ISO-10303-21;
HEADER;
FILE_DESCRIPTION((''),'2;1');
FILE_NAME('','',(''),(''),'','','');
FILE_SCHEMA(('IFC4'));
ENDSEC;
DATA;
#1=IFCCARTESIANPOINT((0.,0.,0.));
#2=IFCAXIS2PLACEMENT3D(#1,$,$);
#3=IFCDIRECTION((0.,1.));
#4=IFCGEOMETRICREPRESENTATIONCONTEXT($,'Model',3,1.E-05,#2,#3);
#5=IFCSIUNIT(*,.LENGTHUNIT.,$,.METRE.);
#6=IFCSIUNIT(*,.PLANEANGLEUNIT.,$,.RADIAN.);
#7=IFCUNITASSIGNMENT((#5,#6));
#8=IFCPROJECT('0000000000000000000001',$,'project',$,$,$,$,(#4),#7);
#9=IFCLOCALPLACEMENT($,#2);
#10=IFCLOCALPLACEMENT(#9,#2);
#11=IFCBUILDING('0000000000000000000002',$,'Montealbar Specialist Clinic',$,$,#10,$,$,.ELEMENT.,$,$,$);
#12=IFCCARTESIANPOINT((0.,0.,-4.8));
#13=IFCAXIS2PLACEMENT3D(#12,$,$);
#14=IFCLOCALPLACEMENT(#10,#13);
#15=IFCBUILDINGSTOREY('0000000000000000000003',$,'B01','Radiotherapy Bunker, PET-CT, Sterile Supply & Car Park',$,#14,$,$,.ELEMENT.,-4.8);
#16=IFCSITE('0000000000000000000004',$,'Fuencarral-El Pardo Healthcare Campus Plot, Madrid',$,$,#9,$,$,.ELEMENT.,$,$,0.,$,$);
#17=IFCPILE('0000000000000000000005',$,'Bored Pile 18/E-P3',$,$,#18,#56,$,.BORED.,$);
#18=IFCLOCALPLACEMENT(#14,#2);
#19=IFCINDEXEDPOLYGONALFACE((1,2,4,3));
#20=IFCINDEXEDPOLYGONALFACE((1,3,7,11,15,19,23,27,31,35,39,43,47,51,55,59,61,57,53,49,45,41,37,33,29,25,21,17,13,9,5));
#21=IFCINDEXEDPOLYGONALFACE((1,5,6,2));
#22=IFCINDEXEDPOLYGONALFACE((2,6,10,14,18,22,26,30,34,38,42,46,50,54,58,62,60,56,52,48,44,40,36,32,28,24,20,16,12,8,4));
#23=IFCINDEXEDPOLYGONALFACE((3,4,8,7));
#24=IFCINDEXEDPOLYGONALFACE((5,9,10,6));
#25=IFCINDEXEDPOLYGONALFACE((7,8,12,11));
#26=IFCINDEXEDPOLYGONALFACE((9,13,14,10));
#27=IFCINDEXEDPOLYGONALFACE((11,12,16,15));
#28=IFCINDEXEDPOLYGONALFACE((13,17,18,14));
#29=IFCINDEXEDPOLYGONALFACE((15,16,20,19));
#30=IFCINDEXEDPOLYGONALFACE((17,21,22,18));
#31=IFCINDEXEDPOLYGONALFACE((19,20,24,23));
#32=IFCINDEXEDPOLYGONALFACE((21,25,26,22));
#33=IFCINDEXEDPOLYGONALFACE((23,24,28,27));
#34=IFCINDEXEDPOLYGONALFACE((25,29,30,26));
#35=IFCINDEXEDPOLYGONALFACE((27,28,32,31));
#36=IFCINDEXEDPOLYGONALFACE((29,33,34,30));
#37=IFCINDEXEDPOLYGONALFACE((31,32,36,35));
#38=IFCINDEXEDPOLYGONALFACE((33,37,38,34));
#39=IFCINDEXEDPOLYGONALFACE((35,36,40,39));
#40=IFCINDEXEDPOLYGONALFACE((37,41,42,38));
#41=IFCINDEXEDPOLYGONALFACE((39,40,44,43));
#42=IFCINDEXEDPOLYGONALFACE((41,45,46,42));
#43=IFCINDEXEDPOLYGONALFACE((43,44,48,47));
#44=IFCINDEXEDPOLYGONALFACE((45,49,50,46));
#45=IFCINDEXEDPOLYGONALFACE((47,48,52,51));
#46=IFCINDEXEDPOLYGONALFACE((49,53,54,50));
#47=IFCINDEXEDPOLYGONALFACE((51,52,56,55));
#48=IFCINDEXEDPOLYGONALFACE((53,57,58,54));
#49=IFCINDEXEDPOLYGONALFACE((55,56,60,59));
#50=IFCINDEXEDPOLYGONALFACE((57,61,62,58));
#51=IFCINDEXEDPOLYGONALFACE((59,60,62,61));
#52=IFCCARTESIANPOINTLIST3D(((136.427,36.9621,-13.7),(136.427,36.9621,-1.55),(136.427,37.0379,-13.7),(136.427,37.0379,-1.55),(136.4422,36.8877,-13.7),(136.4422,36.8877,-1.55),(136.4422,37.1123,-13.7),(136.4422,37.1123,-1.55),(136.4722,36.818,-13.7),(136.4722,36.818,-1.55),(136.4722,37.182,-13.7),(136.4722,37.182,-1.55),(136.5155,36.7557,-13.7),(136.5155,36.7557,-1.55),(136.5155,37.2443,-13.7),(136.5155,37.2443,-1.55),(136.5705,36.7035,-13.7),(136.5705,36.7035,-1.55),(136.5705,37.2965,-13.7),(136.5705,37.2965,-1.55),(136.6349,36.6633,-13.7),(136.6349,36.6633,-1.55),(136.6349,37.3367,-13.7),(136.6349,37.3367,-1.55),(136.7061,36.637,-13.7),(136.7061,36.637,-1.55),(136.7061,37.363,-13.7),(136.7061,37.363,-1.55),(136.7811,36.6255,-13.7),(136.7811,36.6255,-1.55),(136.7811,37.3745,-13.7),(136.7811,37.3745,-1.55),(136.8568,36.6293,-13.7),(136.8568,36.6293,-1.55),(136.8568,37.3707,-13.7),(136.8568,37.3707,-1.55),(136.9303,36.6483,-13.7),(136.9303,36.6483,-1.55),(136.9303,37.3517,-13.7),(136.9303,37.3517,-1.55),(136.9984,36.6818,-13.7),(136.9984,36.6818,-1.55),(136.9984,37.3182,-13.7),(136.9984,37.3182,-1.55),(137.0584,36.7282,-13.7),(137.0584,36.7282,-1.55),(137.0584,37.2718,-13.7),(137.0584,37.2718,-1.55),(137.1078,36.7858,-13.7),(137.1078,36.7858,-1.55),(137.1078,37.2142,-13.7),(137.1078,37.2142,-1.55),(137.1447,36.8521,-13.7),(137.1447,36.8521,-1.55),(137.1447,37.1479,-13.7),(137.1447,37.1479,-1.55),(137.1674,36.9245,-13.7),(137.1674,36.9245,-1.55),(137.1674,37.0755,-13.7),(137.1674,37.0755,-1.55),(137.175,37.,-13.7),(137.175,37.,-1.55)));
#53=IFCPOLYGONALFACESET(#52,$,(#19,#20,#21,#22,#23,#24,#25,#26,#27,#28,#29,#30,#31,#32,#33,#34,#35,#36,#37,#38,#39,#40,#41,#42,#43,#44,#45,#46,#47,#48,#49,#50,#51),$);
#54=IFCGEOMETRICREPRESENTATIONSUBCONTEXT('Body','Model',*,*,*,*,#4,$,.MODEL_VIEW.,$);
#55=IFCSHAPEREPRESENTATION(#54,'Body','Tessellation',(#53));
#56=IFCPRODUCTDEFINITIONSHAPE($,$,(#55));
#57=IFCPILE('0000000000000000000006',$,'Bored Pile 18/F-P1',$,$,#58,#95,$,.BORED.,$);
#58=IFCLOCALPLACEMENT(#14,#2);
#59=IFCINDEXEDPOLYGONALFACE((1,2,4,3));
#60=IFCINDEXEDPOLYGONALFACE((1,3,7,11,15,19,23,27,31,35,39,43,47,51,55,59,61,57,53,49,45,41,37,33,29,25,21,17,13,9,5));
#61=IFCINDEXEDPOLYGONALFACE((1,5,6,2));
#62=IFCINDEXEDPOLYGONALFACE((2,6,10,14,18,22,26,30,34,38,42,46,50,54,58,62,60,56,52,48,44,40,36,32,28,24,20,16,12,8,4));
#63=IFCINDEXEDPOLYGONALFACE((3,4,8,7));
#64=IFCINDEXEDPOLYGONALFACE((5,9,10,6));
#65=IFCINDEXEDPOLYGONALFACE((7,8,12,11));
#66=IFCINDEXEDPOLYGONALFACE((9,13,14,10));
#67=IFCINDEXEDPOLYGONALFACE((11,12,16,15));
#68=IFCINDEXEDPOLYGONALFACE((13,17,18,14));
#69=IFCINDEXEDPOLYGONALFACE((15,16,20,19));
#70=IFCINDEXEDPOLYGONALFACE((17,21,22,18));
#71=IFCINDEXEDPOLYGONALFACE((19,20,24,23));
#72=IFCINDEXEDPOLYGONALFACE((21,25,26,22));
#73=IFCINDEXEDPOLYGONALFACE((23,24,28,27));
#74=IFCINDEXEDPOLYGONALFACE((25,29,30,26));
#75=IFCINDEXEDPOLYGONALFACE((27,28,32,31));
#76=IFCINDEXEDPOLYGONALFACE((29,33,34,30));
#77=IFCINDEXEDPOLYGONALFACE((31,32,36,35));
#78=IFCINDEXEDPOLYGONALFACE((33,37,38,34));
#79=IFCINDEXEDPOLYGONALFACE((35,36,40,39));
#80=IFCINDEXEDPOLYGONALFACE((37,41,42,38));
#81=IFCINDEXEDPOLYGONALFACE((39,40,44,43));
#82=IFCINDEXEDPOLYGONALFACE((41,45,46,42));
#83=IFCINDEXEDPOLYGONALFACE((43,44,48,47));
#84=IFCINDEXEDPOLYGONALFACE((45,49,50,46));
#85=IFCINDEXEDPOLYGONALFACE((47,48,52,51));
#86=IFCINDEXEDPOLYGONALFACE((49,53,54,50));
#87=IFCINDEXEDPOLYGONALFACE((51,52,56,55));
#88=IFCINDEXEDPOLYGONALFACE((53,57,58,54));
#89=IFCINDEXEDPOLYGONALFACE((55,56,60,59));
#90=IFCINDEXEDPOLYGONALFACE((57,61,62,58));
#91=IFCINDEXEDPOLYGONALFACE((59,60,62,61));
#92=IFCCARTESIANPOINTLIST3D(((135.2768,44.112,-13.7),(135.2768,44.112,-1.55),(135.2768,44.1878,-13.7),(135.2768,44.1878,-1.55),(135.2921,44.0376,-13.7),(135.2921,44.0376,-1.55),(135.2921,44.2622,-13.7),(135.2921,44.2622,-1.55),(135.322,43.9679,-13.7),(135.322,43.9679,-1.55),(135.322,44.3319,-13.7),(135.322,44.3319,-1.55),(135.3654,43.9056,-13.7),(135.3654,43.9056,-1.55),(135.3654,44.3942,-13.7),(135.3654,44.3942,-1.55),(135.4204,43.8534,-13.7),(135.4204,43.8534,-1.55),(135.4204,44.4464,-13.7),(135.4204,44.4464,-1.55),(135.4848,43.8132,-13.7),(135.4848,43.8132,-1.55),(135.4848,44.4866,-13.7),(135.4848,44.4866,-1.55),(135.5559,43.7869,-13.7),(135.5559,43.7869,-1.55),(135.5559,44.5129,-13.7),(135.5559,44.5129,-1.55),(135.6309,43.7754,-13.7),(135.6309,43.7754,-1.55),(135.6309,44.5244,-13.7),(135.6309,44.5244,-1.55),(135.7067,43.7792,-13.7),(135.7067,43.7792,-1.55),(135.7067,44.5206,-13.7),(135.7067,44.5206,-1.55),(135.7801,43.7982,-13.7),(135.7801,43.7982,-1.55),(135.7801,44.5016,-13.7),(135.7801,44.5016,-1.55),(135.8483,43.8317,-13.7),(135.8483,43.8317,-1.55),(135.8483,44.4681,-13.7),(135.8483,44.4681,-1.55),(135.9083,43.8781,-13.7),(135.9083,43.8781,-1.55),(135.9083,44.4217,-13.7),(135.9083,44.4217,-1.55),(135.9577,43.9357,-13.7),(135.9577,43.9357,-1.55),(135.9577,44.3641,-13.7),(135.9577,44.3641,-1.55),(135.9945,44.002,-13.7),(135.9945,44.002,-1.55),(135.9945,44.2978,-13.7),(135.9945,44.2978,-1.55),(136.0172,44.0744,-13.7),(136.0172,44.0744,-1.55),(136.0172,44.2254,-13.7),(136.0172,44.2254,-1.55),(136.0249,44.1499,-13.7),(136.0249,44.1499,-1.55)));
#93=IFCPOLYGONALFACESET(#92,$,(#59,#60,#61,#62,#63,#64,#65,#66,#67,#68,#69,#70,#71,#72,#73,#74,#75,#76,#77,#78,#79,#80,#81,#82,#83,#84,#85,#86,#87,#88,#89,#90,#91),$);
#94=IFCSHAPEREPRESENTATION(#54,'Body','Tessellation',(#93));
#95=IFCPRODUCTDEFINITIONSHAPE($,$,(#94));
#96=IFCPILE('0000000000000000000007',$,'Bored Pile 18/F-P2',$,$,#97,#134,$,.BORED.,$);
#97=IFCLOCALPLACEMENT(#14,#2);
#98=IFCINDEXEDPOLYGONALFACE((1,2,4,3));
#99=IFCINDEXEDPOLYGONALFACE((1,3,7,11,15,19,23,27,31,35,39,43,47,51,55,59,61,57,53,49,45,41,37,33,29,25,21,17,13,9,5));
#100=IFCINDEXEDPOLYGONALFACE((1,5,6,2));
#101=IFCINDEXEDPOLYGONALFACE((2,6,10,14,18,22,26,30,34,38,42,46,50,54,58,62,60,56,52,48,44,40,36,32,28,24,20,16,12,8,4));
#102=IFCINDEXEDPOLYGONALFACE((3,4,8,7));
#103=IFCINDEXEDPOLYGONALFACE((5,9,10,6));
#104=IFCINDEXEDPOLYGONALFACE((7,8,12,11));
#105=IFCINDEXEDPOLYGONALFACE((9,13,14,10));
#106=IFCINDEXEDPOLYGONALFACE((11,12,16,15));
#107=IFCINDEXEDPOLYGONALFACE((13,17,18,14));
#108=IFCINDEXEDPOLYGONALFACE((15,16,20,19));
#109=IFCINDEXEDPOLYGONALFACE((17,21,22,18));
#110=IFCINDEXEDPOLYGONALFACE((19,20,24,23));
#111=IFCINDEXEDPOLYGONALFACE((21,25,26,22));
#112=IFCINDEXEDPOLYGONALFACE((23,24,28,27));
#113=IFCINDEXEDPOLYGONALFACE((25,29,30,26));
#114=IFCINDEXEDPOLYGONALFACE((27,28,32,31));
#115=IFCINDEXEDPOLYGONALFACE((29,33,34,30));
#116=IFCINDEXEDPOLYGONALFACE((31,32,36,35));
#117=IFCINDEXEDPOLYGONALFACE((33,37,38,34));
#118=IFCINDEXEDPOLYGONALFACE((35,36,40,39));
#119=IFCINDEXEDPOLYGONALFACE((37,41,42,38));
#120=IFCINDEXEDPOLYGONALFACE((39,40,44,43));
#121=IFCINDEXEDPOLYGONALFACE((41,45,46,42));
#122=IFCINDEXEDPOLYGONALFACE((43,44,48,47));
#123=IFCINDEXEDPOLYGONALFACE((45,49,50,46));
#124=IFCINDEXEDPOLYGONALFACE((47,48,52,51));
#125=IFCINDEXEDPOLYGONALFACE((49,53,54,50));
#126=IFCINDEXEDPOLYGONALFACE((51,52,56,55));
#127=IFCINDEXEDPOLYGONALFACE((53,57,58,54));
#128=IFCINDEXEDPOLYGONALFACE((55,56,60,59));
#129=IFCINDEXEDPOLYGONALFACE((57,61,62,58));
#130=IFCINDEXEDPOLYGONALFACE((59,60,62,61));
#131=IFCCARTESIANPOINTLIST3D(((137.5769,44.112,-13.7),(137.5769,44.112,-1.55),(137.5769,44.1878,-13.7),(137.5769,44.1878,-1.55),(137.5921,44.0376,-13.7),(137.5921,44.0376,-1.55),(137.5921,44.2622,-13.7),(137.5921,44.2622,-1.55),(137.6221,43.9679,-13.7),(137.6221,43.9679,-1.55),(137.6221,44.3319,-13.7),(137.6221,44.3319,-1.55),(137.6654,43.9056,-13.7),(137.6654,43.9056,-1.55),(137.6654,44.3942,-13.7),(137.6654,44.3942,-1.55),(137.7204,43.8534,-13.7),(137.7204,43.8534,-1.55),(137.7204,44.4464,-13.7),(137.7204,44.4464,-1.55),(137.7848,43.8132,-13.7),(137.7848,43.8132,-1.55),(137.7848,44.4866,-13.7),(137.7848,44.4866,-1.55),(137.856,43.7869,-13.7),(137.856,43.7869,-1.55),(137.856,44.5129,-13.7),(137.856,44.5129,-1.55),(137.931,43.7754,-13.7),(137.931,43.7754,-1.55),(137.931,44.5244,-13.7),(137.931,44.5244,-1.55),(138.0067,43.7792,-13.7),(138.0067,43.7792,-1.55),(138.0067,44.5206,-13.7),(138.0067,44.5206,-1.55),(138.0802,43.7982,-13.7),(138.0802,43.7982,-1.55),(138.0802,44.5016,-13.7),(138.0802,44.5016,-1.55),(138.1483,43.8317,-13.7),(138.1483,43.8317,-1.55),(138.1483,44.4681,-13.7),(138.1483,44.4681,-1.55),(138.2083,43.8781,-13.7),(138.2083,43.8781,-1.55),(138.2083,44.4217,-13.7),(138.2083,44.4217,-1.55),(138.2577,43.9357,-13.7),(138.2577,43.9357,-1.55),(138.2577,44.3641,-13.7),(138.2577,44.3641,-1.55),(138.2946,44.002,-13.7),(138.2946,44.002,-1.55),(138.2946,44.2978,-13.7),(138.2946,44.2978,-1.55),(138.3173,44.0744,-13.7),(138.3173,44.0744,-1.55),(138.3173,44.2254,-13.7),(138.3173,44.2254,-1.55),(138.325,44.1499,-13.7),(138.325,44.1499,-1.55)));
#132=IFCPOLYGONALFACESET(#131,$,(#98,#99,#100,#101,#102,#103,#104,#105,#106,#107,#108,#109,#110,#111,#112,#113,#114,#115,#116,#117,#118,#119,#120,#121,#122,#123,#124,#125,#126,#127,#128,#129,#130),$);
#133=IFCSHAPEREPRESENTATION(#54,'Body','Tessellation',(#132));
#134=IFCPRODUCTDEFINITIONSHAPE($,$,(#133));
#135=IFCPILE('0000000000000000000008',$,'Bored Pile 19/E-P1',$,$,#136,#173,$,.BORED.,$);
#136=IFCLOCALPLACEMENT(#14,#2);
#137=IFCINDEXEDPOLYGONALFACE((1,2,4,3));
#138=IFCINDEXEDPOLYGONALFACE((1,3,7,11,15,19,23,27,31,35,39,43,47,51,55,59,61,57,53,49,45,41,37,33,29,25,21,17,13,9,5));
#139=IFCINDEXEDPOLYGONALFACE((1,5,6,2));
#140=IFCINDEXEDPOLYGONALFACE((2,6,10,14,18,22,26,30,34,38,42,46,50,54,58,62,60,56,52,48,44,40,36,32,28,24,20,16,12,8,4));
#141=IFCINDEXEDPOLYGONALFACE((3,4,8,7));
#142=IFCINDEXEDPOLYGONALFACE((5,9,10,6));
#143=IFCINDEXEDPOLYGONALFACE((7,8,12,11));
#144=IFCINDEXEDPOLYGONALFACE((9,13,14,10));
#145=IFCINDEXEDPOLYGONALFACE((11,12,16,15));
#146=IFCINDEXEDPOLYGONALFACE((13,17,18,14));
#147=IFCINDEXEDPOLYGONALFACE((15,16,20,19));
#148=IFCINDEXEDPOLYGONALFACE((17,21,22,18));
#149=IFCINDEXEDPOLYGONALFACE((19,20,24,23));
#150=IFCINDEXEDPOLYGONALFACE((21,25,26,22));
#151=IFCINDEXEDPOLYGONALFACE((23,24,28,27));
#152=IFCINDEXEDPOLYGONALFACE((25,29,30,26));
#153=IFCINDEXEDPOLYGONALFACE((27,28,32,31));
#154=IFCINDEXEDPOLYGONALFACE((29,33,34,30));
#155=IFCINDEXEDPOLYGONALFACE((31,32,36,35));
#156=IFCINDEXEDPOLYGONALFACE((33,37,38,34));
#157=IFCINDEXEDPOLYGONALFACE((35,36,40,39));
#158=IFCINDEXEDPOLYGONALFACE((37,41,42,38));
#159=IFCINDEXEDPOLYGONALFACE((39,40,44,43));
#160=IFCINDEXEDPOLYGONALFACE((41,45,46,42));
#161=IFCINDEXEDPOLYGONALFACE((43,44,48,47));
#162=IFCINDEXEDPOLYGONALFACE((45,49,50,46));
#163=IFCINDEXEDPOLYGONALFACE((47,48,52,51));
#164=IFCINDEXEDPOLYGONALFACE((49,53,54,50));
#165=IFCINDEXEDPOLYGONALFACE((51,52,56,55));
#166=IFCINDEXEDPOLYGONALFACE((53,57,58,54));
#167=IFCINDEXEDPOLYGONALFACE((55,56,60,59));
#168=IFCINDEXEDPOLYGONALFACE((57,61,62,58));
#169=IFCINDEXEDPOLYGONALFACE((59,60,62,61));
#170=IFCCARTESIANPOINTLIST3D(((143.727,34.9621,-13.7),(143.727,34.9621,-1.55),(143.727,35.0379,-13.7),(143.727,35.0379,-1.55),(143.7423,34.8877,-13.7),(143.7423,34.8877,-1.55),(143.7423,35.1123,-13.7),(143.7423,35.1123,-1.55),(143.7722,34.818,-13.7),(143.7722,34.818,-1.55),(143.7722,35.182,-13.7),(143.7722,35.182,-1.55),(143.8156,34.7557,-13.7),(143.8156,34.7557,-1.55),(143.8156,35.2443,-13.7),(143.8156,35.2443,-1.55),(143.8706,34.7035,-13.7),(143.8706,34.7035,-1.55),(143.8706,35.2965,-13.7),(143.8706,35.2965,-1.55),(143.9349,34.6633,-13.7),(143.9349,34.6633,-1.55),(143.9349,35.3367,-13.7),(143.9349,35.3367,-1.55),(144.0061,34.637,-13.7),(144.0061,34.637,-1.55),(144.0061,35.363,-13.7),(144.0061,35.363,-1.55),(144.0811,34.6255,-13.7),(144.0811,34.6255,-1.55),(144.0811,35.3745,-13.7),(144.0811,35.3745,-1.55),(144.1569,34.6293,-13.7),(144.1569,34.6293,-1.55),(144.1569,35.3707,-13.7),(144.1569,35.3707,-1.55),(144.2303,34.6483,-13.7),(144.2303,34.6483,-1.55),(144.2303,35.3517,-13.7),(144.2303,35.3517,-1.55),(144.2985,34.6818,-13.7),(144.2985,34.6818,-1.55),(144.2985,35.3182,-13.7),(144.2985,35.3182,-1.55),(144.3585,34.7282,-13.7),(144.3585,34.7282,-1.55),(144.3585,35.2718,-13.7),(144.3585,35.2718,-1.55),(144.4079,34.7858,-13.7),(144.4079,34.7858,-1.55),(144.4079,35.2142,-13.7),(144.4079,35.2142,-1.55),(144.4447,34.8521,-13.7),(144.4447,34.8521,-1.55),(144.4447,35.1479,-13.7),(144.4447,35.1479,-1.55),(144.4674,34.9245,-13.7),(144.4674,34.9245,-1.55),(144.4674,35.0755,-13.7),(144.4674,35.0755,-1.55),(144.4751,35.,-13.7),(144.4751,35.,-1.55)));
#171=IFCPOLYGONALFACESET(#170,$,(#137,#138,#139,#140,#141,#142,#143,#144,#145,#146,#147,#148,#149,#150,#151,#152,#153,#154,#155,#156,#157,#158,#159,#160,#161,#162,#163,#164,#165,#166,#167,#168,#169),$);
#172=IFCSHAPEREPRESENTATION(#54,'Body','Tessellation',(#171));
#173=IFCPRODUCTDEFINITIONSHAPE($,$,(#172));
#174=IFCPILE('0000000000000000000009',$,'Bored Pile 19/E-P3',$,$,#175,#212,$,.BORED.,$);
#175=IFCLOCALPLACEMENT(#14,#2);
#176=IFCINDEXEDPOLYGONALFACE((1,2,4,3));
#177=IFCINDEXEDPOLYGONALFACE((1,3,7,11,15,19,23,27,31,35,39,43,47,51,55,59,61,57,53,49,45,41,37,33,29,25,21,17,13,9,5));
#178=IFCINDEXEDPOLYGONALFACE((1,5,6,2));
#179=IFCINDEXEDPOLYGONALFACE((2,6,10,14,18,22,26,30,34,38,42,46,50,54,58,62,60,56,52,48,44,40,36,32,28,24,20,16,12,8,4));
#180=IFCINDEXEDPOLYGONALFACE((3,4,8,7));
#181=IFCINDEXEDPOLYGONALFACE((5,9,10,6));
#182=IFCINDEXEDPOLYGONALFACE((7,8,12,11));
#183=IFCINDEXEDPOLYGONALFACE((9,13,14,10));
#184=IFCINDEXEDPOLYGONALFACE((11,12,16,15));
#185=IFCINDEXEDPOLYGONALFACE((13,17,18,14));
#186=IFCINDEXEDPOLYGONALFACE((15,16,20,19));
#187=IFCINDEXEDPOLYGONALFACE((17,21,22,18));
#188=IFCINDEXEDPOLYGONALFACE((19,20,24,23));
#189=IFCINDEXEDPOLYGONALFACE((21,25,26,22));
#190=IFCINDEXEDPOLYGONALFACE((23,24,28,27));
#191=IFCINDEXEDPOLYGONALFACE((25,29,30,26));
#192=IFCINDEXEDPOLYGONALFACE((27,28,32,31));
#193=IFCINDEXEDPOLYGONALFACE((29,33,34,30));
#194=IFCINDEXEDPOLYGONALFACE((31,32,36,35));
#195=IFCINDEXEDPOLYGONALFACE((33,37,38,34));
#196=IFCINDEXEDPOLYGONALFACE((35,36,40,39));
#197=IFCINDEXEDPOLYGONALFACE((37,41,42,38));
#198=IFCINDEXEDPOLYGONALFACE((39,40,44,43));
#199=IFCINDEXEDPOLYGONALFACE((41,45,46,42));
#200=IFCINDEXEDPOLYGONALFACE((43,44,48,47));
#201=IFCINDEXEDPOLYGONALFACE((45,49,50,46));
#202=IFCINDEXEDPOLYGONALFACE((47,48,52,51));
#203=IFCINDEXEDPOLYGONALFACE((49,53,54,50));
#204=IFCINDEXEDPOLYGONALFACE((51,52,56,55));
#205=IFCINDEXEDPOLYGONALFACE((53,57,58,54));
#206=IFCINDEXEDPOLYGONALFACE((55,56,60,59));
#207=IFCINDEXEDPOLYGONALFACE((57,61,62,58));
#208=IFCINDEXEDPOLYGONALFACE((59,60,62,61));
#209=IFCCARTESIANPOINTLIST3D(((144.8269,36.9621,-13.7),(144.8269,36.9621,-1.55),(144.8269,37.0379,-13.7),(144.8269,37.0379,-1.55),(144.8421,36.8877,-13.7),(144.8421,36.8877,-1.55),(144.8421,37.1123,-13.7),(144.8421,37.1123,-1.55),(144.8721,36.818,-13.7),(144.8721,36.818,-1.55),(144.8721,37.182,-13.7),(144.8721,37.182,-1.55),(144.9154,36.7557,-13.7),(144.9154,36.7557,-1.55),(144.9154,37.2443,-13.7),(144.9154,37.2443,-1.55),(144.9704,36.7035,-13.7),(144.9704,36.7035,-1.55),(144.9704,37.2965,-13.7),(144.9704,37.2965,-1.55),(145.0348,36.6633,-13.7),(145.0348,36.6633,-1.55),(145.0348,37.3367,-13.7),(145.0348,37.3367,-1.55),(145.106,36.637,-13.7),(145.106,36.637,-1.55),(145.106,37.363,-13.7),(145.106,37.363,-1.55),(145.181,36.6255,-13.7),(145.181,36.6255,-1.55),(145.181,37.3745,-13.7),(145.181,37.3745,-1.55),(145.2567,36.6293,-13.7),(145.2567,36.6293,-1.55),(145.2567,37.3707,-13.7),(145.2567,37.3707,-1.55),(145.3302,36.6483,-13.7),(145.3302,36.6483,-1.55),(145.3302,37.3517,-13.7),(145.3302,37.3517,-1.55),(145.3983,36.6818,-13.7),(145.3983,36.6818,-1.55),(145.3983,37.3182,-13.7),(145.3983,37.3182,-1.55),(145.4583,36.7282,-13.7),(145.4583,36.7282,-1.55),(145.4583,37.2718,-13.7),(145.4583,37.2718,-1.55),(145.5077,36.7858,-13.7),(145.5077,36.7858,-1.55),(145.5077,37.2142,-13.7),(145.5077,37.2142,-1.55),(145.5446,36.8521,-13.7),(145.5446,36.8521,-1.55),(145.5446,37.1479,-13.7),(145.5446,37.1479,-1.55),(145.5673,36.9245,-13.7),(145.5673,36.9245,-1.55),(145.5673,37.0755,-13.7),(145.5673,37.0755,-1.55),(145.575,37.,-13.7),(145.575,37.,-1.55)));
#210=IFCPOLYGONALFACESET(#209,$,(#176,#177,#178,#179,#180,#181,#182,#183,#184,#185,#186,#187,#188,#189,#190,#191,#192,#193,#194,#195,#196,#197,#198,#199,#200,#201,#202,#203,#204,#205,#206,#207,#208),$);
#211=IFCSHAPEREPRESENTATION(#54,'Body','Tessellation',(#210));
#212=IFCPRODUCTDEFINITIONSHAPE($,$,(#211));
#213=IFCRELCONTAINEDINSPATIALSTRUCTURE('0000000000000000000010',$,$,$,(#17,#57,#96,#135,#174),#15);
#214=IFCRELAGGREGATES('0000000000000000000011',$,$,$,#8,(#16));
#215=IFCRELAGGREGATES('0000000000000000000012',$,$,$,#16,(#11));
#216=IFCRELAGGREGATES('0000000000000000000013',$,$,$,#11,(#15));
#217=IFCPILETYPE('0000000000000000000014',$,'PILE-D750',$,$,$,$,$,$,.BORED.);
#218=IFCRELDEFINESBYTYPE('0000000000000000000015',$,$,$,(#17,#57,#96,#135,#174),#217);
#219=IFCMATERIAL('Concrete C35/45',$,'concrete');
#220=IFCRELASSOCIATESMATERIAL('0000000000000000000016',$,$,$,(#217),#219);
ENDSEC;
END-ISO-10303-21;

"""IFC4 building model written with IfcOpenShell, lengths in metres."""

from ifc_helpers import new_model, si_unit, direction, frame, origin, origin_2d, place, context, subcontext, project, spatial, circle, extrude, material, material_profile, profile_set, type_object, element, save


model = new_model("IFC4")

# Units and contexts
model_context = context("Model", 3, precision=1e-05, world=origin(), true_north=direction((0.0, 1.0)))
body_context = subcontext(model_context, "Body", "Model", "MODEL_VIEW")
ifc_project = project(units=[si_unit("LENGTHUNIT", "METRE"), si_unit("PLANEANGLEUNIT", "RADIAN")], contexts=[model_context])

# Site, building, storey
site_placement = place(None, origin())
site = spatial("IfcSite", under=ifc_project, at=site_placement, Name="Fuencarral-El Pardo Healthcare Campus Plot, Madrid", CompositionType="ELEMENT", RefElevation=0.0)
building_placement = place(site_placement, origin())
building = spatial("IfcBuilding", under=site, at=building_placement, Name="Montealbar Specialist Clinic", CompositionType="ELEMENT")
storey_placement = place(building_placement, frame((0.0, 0.0, -4.8)))
storey = spatial("IfcBuildingStorey", under=building, at=storey_placement, Name="B01", Description="Radiotherapy Bunker, PET-CT, Sterile Supply & Car Park", CompositionType="ELEMENT", Elevation=-4.8)

# Shared definitions
ifc_material_1 = material(Name="Concrete C35/45", Category="concrete")

# Piles
ifc_material_profile_1 = material_profile(ifc_material_1, circle(Radius=0.375, at=origin_2d()), Name="PILE D750", Category="concrete")
ifc_profile_set_1 = profile_set([ifc_material_profile_1], Name="Concrete C35/45")
pile_type_1 = type_object("IfcPileType", Name="PILE-D750", PredefinedType="BORED", material=ifc_profile_set_1)
for number, where, z_axis, x_axis, name in (
    (1, (136.8, 37.0, -1.55), (0.0, 0.0, -1.0), (1.0, 0.0, 0.0), "Bored Pile 18/E-P3"),
    (2, (135.6499, 44.1499, -1.55), (0.0, 0.0, -1.0), (1.0, 0.0, 0.0), "Bored Pile 18/F-P1"),
    (3, (137.95, 44.1499, -1.55), (0.0, 0.0, -1.0), (1.0, 0.0, 0.0), "Bored Pile 18/F-P2"),
    (4, (144.1001, 35.0, -1.55), (0.0, 0.0, -1.0), (1.0, 0.0, 0.0), "Bored Pile 19/E-P1"),
    (5, (145.2, 37.0, -1.55), (0.0, 0.0, -1.0), (1.0, 0.0, 0.0), "Bored Pile 19/E-P3"),
):
    element("IfcPile", number, at=place(storey_placement, frame(where, z_axis=z_axis, x_axis=x_axis)), inside=storey, type_object=pile_type_1, Name=name, PredefinedType="BORED", context=body_context, shape_type="SweptSolid", body=[
        extrude(circle(Radius=0.375, at=origin_2d()), origin(), (0.0, 0.0, 1.0), 12.1499),
    ])

save(model, "model.ifc")
